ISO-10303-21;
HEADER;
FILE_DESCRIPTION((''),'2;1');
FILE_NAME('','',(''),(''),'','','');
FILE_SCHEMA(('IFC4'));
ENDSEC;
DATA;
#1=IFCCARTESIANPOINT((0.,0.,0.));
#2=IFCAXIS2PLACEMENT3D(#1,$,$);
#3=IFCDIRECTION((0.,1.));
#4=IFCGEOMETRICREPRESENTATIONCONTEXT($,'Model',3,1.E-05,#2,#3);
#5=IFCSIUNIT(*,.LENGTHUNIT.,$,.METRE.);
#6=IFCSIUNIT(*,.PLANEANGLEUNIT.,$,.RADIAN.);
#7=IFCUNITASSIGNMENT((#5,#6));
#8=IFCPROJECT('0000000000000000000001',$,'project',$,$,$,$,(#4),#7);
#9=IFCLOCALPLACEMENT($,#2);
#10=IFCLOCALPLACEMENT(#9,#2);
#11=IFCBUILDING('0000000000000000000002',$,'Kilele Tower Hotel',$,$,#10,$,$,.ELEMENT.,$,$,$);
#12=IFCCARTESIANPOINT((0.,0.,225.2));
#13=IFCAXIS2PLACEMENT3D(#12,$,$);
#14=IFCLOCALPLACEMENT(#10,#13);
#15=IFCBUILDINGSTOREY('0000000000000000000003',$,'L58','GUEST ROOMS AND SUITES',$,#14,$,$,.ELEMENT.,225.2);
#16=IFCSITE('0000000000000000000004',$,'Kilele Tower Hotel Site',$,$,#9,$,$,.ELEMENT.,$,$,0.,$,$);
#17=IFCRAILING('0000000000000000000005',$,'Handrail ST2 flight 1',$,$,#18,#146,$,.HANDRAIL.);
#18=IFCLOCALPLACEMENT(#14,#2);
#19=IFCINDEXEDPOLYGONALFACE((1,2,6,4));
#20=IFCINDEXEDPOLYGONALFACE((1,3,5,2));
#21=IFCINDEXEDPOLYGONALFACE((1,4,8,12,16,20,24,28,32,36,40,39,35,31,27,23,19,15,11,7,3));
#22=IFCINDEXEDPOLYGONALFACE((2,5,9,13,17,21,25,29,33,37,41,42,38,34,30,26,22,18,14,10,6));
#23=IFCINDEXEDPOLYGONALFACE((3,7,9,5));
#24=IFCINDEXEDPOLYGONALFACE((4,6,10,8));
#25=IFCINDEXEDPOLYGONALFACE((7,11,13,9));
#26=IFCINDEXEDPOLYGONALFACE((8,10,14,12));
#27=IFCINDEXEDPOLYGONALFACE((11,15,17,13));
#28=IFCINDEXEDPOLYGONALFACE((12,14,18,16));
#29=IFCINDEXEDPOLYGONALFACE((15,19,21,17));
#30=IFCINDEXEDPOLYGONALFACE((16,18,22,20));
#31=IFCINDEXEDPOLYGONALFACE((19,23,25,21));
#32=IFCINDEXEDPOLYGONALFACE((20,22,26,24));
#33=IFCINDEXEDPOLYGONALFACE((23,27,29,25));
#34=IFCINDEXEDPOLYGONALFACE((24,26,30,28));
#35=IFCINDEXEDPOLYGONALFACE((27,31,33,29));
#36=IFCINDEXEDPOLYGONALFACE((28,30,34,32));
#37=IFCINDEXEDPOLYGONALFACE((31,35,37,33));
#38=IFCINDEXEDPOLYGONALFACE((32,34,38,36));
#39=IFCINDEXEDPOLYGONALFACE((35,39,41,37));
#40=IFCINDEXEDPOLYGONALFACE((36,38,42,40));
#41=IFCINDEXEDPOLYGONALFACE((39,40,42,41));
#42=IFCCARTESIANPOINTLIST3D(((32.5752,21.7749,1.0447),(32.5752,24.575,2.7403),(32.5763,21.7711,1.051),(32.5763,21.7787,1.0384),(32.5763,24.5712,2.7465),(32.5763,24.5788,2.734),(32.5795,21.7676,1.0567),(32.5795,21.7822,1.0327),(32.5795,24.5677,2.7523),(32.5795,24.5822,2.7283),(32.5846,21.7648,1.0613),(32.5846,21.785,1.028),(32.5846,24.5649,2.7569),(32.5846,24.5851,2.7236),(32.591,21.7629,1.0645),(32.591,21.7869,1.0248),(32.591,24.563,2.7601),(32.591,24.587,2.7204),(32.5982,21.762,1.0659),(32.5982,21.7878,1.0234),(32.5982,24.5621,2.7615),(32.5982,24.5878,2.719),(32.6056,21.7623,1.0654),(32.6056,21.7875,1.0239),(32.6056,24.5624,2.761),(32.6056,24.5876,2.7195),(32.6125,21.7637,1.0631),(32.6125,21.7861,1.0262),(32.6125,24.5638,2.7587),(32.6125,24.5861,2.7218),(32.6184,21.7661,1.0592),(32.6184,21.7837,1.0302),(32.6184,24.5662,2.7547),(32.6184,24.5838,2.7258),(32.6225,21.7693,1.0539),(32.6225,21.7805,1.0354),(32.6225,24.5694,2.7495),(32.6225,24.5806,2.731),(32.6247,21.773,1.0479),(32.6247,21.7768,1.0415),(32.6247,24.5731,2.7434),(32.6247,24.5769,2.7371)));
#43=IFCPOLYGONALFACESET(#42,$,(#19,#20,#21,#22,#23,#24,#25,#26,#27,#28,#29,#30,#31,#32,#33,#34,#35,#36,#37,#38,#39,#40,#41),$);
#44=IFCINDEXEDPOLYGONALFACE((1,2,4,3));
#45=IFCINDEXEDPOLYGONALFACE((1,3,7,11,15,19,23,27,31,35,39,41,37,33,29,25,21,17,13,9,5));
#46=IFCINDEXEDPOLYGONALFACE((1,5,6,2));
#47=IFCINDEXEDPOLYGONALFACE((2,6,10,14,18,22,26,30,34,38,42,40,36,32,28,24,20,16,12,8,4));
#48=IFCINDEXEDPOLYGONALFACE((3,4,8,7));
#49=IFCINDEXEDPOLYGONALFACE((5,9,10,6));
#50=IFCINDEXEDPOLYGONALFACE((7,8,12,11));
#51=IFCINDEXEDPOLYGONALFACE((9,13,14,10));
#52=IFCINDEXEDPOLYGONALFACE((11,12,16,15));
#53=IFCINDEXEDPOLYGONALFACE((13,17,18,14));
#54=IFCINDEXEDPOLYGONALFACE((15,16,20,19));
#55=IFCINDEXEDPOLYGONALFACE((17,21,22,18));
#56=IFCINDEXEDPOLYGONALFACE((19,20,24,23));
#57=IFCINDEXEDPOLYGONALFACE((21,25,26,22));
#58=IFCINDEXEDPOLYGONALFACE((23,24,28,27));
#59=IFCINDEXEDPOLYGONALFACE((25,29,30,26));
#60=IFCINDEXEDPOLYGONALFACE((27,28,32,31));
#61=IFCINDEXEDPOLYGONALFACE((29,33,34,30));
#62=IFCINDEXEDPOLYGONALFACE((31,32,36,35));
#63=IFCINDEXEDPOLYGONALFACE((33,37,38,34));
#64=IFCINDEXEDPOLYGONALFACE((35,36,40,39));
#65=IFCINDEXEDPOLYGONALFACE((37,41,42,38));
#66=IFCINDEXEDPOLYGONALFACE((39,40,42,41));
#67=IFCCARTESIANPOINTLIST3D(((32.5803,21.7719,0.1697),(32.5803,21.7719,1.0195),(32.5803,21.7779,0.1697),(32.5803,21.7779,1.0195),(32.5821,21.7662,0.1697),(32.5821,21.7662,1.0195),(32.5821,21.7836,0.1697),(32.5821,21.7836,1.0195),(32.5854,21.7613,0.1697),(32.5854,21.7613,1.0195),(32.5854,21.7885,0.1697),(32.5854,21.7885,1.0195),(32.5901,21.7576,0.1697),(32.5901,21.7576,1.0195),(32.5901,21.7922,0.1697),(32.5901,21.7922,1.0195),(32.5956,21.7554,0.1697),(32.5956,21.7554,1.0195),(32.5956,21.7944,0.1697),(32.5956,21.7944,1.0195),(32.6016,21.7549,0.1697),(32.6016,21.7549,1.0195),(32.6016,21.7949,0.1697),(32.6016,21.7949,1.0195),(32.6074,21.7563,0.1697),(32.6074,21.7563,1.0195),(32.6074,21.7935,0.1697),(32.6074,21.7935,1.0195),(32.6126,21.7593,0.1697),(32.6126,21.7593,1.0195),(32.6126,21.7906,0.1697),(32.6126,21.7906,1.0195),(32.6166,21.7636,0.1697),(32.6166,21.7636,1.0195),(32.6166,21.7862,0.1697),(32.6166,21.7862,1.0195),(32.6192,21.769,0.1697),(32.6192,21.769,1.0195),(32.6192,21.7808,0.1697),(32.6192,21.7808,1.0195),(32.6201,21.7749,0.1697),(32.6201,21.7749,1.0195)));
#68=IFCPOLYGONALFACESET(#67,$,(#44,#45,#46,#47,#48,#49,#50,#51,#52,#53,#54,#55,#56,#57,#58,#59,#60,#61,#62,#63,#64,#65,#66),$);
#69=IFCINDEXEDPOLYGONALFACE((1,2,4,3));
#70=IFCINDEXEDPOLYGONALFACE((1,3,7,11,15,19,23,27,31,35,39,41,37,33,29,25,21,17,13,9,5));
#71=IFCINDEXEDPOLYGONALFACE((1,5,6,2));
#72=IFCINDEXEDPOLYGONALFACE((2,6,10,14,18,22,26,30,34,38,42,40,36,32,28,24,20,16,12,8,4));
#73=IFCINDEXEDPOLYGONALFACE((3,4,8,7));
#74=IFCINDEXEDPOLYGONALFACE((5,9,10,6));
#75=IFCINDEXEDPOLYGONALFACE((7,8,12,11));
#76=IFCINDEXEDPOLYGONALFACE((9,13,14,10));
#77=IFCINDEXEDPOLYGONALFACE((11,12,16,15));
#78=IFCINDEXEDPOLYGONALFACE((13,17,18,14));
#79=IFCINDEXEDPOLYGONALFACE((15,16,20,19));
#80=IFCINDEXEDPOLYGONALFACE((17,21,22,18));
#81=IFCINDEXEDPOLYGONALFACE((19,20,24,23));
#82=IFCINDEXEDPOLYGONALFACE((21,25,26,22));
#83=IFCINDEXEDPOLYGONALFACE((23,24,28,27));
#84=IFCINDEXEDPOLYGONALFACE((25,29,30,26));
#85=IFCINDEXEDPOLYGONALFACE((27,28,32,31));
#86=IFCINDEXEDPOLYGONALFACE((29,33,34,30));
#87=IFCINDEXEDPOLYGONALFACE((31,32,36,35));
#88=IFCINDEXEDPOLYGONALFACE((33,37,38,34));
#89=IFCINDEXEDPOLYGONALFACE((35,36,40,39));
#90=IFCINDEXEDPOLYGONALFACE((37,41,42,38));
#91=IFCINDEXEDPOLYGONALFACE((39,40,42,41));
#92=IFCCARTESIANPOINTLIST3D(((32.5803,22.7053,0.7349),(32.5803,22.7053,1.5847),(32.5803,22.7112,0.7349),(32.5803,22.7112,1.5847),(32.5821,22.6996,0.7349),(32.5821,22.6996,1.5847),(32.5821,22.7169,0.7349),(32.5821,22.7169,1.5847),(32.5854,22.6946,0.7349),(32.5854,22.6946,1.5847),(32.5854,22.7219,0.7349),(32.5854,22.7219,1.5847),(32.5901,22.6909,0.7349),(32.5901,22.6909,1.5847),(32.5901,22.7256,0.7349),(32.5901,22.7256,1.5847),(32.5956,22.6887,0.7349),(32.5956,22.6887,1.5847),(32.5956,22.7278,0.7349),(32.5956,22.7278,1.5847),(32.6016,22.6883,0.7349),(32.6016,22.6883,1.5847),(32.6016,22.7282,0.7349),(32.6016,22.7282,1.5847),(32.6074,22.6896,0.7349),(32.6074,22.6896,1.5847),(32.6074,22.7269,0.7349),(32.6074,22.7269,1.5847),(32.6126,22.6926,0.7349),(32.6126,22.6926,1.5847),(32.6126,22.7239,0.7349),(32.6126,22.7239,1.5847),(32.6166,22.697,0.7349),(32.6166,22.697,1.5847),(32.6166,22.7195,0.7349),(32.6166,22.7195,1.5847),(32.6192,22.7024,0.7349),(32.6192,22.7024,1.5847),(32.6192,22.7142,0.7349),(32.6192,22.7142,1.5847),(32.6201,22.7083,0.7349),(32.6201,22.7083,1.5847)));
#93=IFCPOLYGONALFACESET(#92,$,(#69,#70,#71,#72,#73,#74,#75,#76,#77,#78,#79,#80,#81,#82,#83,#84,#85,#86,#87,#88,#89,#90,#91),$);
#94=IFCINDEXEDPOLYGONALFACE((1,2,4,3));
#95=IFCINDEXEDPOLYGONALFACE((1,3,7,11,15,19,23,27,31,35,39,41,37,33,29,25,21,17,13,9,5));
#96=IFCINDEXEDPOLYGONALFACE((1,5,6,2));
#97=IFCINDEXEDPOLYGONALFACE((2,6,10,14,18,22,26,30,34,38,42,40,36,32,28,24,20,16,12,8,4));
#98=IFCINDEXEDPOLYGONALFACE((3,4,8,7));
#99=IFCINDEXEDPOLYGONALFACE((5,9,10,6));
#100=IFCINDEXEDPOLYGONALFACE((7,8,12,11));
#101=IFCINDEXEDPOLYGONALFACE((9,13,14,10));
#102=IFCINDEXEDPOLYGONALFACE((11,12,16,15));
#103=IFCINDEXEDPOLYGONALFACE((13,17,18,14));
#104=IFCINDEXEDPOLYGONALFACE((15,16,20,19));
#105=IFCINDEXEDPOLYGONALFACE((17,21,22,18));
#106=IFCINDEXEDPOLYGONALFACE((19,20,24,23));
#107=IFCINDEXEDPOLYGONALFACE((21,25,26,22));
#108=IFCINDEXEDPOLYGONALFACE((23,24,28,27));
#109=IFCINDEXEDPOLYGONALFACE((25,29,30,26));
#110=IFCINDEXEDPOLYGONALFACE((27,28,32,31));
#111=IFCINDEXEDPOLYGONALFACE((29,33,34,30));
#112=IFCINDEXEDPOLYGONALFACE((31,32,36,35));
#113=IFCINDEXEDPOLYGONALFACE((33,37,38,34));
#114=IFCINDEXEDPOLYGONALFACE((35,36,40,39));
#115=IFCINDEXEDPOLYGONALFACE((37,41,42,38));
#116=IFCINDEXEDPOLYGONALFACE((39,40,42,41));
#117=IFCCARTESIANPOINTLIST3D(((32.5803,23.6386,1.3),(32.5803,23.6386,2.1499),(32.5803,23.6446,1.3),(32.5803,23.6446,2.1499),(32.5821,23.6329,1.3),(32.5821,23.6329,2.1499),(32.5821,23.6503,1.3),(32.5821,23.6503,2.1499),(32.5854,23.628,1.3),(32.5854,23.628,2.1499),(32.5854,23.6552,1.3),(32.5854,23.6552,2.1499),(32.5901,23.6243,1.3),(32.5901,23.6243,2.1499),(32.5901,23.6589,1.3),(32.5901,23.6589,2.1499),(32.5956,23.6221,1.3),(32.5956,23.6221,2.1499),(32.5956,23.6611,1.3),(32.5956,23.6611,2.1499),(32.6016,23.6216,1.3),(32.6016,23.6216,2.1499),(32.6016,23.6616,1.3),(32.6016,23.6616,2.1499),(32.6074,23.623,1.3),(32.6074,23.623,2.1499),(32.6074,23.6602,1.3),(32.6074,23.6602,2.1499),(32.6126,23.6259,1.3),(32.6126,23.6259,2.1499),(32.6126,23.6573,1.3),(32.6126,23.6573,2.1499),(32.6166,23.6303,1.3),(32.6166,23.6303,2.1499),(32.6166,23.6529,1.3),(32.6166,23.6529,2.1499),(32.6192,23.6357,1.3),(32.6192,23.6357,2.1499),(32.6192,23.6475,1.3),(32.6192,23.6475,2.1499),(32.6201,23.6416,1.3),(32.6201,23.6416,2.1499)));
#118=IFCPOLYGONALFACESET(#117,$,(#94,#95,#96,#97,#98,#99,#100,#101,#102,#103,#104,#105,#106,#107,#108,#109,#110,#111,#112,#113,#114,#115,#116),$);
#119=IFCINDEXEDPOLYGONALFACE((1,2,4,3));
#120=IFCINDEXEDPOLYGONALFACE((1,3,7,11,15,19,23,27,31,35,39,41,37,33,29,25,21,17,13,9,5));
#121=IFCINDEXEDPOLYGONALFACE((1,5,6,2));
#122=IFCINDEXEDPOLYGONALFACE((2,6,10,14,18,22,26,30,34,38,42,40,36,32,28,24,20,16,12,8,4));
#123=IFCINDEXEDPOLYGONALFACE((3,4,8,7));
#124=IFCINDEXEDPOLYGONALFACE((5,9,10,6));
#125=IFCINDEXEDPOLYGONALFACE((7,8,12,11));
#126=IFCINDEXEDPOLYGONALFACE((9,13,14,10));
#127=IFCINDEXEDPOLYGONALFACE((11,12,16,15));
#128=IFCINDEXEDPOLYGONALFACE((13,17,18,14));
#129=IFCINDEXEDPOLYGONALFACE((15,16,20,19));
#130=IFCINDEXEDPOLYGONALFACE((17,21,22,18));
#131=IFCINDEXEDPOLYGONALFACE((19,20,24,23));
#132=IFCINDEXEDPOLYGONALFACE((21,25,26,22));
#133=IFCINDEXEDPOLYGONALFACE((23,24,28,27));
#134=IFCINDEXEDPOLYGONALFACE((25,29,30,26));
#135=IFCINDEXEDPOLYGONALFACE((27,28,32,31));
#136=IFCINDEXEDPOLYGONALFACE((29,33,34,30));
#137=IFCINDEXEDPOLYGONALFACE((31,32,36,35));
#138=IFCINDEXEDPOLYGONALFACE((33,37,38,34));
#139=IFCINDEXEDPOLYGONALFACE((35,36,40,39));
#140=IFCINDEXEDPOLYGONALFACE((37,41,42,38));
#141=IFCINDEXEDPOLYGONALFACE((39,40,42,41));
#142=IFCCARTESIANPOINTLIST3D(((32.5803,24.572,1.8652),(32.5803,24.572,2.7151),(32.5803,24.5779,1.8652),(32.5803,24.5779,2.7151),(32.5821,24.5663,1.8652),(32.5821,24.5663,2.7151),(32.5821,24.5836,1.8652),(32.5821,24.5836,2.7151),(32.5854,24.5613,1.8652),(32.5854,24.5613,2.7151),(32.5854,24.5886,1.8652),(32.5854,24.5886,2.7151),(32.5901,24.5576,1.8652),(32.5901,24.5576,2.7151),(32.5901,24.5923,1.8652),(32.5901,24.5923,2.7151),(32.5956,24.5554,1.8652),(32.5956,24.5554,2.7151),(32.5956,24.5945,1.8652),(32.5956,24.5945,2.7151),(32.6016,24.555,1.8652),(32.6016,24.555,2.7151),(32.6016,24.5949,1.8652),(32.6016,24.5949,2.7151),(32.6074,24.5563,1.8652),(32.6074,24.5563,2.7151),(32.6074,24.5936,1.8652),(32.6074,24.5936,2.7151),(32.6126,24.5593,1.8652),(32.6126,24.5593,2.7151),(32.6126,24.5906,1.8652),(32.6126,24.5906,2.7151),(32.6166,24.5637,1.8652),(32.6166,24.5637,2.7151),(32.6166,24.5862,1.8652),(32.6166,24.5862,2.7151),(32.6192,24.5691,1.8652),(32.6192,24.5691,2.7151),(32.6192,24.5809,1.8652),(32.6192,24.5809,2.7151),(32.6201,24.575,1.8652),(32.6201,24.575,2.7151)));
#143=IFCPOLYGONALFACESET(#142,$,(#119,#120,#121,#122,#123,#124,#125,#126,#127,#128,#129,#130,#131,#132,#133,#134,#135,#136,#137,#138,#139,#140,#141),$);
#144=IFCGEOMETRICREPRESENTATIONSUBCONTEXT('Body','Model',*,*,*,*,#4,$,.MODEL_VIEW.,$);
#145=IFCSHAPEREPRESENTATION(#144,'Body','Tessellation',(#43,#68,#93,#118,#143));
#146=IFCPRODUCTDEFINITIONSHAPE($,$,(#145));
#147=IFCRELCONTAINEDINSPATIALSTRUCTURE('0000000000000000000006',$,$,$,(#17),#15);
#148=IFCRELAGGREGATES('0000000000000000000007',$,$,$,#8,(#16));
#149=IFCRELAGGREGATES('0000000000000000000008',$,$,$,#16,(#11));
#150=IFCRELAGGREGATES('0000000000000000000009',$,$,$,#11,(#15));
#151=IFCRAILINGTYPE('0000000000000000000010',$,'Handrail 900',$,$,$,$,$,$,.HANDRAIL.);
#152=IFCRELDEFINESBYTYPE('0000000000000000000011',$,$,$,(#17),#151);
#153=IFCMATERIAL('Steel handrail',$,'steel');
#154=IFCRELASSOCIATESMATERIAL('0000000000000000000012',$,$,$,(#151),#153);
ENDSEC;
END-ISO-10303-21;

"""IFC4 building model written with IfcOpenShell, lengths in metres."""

from ifc_helpers import new_model, si_unit, direction, frame, origin, origin_2d, place, context, subcontext, project, spatial, circle, extrude, material, type_object, element, save


model = new_model("IFC4")

# Units and contexts
model_context = context("Model", 3, precision=1e-05, world=origin(), true_north=direction((0.0, 1.0)))
body_context = subcontext(model_context, "Body", "Model", "MODEL_VIEW")
ifc_project = project(units=[si_unit("LENGTHUNIT", "METRE"), si_unit("PLANEANGLEUNIT", "RADIAN")], contexts=[model_context])

# Site, building, storey
site_placement = place(None, origin())
site = spatial("IfcSite", under=ifc_project, at=site_placement, Name="Kilele Tower Hotel Site", CompositionType="ELEMENT", RefElevation=0.0)
building_placement = place(site_placement, origin())
building = spatial("IfcBuilding", under=site, at=building_placement, Name="Kilele Tower Hotel", CompositionType="ELEMENT")
storey_placement = place(building_placement, frame((0.0, 0.0, 225.2)))
storey = spatial("IfcBuildingStorey", under=building, at=storey_placement, Name="L58", Description="GUEST ROOMS AND SUITES", CompositionType="ELEMENT", Elevation=225.2)

# Railing
ifc_material_1 = material(Name="Steel handrail", Category="steel")
railing_type_1 = type_object("IfcRailingType", Name="Handrail 900", PredefinedType="HANDRAIL", material=ifc_material_1)
for number, where, name in (
    (1, (32.6001, 21.7749, 0.1697), "Handrail ST2 flight 1"),
):
    element("IfcRailing", number, at=place(storey_placement, frame(where)), inside=storey, type_object=railing_type_1, Name=name, PredefinedType="HANDRAIL", context=body_context, shape_type="SweptSolid", body=[
        extrude(circle(Radius=0.0249, at=origin_2d()), frame((0.0, 0.0, 0.875), z_axis=(0.0, 0.855393, 0.517979), x_axis=(-1.0, 0.0, 0.0)), (0.0, 0.0, 1.0), 3.2734),
        extrude(circle(Radius=0.02, at=origin_2d()), origin(), (0.0, 0.0, 1.0), 0.8499),
        extrude(circle(Radius=0.02, at=origin_2d()), frame((0.0, 0.9333, 0.5652)), (0.0, 0.0, 1.0), 0.8499),
        extrude(circle(Radius=0.02, at=origin_2d()), frame((0.0, 1.8667, 1.1304)), (0.0, 0.0, 1.0), 0.8499),
        extrude(circle(Radius=0.02, at=origin_2d()), frame((0.0, 2.8, 1.6956)), (0.0, 0.0, 1.0), 0.8499),
    ])

save(model, "model.ifc")
